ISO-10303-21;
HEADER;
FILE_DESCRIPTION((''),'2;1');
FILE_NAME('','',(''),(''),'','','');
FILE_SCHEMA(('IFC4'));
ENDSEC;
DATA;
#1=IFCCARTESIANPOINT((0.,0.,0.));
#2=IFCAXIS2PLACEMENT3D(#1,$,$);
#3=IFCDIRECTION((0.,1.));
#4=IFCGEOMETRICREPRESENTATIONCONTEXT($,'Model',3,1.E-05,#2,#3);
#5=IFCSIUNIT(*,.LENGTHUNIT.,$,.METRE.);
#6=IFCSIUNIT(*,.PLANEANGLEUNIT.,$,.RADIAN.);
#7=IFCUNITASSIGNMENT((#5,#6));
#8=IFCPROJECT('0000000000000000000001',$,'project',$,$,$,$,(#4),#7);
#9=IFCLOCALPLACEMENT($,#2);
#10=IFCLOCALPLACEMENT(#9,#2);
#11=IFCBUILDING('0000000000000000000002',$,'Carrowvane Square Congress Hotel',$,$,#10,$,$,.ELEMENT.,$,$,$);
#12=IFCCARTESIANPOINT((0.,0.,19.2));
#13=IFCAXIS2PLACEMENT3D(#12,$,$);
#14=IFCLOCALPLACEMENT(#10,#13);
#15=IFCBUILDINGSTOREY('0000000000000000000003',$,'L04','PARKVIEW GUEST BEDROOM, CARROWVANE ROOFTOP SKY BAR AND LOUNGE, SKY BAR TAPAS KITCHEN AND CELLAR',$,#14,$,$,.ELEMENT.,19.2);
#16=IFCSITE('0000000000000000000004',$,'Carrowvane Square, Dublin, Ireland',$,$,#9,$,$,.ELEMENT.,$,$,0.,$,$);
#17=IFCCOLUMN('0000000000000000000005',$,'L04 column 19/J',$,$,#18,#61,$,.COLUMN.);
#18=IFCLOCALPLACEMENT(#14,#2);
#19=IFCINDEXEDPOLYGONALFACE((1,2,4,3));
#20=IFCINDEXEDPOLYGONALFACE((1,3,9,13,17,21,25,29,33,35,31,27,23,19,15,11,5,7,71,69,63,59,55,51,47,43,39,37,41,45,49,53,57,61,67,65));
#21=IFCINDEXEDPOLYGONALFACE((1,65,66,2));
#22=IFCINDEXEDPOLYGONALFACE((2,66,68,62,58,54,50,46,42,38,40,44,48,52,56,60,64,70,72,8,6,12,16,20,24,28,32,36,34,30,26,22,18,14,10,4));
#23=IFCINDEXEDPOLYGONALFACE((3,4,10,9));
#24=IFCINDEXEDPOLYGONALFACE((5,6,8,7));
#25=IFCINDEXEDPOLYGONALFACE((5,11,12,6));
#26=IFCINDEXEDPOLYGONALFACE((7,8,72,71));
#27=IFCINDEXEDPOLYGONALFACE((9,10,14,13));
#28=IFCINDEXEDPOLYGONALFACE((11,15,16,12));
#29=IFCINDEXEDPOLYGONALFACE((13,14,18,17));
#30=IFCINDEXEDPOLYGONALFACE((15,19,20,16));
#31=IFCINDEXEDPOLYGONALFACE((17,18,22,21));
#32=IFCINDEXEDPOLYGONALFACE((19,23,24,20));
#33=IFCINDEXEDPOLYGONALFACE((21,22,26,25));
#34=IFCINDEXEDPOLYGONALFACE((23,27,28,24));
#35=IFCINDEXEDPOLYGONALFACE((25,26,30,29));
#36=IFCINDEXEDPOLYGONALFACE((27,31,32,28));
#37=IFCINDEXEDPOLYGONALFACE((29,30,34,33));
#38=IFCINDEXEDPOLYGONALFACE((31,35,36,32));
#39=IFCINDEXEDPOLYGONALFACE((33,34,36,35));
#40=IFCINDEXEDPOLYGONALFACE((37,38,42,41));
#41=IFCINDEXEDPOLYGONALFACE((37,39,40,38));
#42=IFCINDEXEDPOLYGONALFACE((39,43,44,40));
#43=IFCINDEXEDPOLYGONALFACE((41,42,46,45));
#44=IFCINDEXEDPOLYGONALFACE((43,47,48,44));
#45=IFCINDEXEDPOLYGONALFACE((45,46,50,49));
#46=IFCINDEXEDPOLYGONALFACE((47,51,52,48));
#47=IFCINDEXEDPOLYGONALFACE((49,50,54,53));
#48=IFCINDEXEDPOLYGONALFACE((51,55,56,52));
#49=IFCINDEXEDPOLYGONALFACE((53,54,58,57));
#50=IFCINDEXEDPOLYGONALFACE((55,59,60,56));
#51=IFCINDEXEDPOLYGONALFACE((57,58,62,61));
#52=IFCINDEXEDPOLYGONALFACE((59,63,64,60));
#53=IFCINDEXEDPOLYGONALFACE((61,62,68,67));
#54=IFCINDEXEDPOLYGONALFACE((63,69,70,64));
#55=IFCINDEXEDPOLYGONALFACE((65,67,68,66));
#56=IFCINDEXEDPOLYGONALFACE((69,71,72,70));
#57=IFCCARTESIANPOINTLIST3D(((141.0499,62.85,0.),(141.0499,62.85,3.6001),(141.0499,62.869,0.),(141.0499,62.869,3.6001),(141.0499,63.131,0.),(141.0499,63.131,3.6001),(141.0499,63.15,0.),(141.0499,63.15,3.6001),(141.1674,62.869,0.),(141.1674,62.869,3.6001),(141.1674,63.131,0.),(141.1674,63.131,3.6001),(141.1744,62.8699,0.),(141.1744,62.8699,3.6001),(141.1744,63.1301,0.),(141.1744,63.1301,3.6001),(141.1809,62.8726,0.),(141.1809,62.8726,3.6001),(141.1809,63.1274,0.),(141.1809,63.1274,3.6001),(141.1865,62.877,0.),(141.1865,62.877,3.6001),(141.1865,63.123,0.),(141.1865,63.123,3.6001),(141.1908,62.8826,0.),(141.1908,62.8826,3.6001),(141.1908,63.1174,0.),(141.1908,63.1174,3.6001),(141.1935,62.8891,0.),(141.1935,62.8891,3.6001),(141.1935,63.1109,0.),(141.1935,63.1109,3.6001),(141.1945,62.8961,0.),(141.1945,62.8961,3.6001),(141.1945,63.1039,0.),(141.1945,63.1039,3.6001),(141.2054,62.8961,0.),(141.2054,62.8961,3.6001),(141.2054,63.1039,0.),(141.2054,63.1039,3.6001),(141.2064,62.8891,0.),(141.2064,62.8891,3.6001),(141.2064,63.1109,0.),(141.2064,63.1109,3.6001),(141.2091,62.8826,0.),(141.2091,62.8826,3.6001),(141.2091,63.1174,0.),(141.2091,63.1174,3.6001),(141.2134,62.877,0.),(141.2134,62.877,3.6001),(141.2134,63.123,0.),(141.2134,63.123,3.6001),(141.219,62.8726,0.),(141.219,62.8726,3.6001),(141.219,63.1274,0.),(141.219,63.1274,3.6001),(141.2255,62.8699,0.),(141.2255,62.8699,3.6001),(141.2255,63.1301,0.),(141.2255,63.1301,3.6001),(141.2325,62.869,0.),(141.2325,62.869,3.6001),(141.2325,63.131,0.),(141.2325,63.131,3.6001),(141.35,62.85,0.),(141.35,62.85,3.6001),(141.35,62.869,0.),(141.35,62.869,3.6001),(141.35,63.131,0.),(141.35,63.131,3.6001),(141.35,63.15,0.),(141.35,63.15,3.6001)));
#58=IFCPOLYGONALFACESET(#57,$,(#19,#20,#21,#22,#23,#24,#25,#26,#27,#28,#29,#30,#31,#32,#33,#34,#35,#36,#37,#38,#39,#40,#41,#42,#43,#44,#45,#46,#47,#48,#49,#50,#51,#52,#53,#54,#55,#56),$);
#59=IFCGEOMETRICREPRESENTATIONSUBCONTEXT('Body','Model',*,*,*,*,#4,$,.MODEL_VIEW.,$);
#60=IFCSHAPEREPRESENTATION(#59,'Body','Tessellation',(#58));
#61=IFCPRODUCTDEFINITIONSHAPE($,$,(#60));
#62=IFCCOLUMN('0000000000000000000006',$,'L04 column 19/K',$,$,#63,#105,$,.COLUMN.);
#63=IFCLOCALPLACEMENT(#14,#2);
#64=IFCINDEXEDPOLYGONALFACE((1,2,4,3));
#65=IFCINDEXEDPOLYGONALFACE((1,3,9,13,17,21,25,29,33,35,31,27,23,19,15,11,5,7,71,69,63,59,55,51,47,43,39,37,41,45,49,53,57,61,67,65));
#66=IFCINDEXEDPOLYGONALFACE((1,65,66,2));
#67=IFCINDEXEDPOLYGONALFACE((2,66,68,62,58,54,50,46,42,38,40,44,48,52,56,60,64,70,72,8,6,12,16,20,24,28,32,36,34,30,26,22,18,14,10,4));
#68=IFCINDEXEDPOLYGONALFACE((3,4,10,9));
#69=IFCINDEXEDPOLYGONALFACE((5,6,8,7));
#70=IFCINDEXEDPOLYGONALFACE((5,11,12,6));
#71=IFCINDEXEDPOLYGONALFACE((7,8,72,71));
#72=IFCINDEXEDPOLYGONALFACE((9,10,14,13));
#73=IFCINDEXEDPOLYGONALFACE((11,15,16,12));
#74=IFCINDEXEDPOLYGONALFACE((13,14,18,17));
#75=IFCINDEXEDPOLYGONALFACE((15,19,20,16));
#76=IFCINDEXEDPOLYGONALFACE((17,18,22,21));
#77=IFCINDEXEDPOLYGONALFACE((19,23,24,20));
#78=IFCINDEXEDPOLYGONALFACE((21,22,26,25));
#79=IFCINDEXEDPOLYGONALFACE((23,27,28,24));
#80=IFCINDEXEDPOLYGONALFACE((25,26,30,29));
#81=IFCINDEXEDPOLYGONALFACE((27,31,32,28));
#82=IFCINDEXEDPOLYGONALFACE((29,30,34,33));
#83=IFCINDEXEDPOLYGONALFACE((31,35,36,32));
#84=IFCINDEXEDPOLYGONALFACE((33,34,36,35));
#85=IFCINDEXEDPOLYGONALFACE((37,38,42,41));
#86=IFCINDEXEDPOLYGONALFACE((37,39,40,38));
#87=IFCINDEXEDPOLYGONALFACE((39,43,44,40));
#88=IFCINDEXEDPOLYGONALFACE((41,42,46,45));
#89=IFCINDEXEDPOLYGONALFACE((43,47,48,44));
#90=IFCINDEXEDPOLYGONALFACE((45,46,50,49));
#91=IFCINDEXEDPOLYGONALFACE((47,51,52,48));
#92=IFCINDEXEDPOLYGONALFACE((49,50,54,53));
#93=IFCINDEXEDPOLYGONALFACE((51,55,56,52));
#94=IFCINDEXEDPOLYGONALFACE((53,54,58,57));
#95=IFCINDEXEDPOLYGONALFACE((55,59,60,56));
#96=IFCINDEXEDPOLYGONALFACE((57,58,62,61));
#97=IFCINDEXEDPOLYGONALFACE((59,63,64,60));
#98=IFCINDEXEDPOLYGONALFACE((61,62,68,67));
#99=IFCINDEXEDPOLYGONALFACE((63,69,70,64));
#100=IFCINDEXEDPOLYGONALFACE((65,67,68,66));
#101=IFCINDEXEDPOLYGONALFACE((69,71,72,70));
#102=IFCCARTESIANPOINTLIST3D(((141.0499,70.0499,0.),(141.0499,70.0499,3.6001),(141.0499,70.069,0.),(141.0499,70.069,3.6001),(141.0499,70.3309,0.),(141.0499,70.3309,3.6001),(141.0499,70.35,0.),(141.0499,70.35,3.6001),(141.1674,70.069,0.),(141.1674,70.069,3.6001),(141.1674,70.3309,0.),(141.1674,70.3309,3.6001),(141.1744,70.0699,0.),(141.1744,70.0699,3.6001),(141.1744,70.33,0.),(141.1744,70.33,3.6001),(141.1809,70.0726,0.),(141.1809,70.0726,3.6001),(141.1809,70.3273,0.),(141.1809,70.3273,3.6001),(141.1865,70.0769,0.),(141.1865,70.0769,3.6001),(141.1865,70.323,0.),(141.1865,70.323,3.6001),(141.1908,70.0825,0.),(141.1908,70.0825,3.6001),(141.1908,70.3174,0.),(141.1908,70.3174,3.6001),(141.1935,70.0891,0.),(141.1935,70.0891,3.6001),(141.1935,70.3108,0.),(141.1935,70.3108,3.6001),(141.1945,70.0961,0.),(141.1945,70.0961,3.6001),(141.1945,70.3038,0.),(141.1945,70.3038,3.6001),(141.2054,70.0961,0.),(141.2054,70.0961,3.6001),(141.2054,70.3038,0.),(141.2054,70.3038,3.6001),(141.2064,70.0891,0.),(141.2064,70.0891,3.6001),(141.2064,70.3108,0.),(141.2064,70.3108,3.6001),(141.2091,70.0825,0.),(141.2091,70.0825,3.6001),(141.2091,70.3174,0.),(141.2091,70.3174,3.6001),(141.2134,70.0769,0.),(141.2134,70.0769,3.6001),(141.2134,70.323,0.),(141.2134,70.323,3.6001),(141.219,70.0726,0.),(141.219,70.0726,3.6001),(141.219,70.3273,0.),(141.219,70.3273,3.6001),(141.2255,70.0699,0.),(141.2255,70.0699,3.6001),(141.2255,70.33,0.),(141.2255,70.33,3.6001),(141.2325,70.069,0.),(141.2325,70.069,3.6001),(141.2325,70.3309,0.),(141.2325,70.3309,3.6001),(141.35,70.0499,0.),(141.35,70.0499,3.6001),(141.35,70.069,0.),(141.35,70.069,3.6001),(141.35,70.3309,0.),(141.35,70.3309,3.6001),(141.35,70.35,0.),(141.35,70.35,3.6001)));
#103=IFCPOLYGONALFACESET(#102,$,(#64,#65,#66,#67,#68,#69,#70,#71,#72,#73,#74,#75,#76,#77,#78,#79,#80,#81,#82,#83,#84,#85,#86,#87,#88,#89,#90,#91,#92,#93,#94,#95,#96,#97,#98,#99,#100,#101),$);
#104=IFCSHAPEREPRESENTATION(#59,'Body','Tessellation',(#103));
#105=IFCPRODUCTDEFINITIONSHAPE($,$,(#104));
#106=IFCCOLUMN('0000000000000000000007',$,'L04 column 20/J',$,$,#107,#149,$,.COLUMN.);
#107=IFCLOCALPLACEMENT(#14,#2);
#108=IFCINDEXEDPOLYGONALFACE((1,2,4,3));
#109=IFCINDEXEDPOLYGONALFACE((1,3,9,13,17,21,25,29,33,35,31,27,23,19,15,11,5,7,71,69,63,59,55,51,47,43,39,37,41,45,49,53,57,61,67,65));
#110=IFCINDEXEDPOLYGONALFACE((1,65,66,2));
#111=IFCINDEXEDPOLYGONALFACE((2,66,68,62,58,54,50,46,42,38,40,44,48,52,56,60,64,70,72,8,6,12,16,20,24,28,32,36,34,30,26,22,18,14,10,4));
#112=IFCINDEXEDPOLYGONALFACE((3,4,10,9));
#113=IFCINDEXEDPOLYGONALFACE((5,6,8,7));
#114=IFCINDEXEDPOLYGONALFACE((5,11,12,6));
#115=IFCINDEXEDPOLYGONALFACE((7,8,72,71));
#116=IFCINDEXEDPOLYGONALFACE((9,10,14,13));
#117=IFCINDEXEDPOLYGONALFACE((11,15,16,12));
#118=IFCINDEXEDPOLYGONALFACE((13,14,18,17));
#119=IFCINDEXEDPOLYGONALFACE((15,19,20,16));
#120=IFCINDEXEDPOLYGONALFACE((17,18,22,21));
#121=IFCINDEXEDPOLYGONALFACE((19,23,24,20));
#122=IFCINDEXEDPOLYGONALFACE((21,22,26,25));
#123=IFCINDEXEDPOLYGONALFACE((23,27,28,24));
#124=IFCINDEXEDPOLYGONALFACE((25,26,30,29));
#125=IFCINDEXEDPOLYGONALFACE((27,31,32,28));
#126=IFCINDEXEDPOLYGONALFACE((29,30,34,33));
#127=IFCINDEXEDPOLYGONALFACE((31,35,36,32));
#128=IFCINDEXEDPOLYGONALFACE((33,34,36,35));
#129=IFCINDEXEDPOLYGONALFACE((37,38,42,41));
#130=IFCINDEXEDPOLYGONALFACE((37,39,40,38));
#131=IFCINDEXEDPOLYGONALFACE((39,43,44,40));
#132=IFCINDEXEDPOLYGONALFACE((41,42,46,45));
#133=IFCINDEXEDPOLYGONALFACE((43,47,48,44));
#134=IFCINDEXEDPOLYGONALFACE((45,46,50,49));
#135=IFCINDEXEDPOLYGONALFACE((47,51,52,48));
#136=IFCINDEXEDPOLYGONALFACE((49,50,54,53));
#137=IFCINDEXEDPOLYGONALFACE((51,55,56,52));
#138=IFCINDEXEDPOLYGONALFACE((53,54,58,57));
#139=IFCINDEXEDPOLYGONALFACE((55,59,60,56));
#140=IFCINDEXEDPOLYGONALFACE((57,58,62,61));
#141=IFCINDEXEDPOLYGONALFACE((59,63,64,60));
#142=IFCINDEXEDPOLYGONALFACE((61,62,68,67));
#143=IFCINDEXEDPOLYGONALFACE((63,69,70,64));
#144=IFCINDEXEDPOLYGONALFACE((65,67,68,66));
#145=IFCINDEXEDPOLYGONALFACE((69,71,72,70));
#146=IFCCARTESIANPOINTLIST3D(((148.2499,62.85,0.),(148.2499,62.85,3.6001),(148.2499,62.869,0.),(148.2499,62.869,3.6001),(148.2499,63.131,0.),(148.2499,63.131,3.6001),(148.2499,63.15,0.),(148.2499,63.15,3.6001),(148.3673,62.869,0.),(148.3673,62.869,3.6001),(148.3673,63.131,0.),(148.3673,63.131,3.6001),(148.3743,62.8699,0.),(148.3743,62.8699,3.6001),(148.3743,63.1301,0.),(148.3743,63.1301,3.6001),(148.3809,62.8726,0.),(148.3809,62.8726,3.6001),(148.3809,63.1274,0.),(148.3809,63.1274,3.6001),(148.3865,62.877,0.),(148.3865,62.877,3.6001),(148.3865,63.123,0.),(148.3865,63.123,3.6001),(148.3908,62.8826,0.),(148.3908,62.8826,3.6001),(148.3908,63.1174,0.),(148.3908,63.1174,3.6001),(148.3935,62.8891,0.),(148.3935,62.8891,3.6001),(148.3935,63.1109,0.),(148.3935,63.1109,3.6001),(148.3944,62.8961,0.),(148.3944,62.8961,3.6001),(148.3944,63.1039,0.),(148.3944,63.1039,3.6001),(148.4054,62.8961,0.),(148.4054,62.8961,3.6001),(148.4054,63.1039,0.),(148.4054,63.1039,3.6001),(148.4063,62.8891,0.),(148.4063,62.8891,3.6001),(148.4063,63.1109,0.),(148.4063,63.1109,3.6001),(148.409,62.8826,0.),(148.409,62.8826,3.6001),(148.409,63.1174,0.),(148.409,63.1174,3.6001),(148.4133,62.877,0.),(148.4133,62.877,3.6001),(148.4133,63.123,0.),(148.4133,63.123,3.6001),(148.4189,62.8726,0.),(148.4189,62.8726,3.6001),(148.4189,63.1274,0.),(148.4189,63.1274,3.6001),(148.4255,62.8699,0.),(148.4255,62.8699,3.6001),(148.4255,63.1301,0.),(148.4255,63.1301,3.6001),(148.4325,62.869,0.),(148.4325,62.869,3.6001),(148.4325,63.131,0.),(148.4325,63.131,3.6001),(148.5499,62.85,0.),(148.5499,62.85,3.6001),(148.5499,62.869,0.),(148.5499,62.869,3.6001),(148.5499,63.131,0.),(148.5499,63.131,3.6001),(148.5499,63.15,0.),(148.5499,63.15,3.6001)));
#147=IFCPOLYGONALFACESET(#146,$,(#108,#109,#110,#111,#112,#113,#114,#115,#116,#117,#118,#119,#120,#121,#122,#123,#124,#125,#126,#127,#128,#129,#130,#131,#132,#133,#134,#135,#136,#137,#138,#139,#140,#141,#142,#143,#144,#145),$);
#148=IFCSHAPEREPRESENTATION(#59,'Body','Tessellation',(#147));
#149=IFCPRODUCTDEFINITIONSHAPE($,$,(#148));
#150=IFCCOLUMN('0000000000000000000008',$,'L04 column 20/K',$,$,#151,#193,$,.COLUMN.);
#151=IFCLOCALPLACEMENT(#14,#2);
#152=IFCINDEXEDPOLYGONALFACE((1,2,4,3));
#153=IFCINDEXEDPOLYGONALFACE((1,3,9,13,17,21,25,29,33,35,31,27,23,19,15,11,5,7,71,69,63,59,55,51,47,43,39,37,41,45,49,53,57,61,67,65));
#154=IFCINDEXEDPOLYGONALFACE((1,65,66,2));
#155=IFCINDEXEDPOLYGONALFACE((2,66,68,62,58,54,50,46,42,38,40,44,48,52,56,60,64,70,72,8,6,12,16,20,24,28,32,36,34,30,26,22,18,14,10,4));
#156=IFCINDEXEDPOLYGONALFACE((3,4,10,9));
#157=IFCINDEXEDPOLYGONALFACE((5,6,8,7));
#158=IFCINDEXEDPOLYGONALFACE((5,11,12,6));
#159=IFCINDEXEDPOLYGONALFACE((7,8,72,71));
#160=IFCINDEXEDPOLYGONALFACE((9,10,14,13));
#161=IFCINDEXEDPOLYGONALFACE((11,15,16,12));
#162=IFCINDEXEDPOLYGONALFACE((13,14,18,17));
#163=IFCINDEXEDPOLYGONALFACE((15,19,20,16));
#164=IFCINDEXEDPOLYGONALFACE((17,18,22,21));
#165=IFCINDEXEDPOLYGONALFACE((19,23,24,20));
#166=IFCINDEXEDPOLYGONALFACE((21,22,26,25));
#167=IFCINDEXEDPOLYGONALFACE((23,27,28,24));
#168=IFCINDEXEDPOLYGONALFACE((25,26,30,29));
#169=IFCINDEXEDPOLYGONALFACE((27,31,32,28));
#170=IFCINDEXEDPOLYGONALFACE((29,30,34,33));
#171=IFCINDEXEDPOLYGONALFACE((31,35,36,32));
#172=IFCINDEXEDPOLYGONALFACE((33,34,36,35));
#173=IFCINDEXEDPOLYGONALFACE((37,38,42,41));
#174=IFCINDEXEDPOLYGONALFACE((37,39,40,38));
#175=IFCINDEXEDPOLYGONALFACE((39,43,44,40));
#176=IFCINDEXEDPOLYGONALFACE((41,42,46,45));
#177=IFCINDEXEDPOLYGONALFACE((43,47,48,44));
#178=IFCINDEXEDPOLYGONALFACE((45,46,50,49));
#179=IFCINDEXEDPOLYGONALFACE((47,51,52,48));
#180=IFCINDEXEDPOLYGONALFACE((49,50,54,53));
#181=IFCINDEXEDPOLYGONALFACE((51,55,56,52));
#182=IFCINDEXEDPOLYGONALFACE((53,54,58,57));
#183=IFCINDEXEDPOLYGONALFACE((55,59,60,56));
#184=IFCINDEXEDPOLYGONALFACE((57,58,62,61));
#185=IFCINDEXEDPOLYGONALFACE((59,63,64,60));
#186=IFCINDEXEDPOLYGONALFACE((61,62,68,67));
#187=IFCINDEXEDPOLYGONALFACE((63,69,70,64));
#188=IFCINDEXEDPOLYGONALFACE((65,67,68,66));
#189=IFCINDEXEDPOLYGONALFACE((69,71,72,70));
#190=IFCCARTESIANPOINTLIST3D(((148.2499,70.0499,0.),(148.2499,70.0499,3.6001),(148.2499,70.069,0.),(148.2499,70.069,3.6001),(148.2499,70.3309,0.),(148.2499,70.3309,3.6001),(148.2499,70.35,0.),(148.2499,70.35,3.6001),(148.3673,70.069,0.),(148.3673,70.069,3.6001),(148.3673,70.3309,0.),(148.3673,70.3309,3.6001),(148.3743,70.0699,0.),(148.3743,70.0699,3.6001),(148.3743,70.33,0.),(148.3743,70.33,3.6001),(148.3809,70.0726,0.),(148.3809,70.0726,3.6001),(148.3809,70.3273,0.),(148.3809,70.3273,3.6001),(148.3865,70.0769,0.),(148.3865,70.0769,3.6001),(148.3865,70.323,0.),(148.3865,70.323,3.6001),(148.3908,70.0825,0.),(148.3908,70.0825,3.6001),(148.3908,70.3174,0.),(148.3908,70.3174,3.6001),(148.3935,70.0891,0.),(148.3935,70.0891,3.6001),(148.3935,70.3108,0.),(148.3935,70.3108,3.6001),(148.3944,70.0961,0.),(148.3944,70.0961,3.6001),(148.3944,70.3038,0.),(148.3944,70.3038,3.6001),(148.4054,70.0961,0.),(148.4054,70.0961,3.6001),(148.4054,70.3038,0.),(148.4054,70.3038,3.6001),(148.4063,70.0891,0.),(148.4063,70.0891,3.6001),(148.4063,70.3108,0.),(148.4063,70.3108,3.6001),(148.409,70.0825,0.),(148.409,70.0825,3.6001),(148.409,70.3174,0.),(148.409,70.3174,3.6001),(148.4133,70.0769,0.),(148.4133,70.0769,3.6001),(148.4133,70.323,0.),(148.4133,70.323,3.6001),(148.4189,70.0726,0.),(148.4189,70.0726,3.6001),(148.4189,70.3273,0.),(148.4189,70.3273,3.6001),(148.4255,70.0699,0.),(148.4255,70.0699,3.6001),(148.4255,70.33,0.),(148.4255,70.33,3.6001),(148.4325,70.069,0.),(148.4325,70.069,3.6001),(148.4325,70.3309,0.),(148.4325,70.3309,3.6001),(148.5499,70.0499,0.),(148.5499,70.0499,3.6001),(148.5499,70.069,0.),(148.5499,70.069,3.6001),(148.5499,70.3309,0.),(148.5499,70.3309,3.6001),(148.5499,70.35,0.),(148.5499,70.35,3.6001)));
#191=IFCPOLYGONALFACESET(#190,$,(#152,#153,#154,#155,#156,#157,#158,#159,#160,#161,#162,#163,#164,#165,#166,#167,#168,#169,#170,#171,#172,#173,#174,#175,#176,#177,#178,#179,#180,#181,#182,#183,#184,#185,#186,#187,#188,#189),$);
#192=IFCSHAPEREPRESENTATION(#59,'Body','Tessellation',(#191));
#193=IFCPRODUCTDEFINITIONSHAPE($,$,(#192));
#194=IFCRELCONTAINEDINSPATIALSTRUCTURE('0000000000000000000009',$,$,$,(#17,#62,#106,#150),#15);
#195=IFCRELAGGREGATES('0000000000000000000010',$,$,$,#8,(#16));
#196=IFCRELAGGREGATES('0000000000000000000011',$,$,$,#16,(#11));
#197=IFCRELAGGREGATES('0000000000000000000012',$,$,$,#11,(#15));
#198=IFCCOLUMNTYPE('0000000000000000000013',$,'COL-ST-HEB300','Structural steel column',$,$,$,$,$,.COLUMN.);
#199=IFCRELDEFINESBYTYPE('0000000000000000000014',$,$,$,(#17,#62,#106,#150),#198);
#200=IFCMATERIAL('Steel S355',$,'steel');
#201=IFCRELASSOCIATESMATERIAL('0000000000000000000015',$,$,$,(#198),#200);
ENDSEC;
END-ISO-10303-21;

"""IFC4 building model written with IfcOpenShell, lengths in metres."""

from ifc_helpers import new_model, si_unit, direction, frame, origin, origin_2d, place, context, subcontext, project, spatial, i_section, extrude, material, material_profile, profile_set, type_object, element, save


model = new_model("IFC4")

# Units and contexts
model_context = context("Model", 3, precision=1e-05, world=origin(), true_north=direction((0.0, 1.0)))
body_context = subcontext(model_context, "Body", "Model", "MODEL_VIEW")
ifc_project = project(units=[si_unit("LENGTHUNIT", "METRE"), si_unit("PLANEANGLEUNIT", "RADIAN")], contexts=[model_context])

# Site, building, storey
site_placement = place(None, origin())
site = spatial("IfcSite", under=ifc_project, at=site_placement, Name="Carrowvane Square, Dublin, Ireland", CompositionType="ELEMENT", RefElevation=0.0)
building_placement = place(site_placement, origin())
building = spatial("IfcBuilding", under=site, at=building_placement, Name="Carrowvane Square Congress Hotel", CompositionType="ELEMENT")
storey_placement = place(building_placement, frame((0.0, 0.0, 19.2)))
storey = spatial("IfcBuildingStorey", under=building, at=storey_placement, Name="L04", Description="PARKVIEW GUEST BEDROOM, CARROWVANE ROOFTOP SKY BAR AND LOUNGE, SKY BAR TAPAS KITCHEN AND CELLAR", CompositionType="ELEMENT", Elevation=19.2)

# Columns
ifc_material_1 = material(Name="Steel S355", Category="steel")
ifc_material_profile_1 = material_profile(ifc_material_1, i_section(OverallWidth=0.3, OverallDepth=0.3, WebThickness=0.011, FlangeThickness=0.019, FilletRadius=0.0271, at=origin_2d()), Name="HEB 300")
ifc_profile_set_1 = profile_set([ifc_material_profile_1], Name="Steel S355")
column_type = type_object("IfcColumnType", Name="COL-ST-HEB300", Description="Structural steel column", PredefinedType="COLUMN", material=ifc_profile_set_1)
for number, where, z_axis, x_axis, name in (
    (1, (141.2, 63.0, 0.0), (0.0, 0.0, 1.0), (1.0, 0.0, 0.0), "L04 column 19/J"),
    (2, (141.2, 70.2, 0.0), (0.0, 0.0, 1.0), (1.0, 0.0, 0.0), "L04 column 19/K"),
    (3, (148.3999, 63.0, 0.0), (0.0, 0.0, 1.0), (1.0, 0.0, 0.0), "L04 column 20/J"),
    (4, (148.3999, 70.2, 0.0), (0.0, 0.0, 1.0), (1.0, 0.0, 0.0), "L04 column 20/K"),
):
    element("IfcColumn", number, at=place(storey_placement, frame(where, z_axis=z_axis, x_axis=x_axis)), inside=storey, type_object=column_type, Name=name, PredefinedType="COLUMN", context=body_context, shape_type="SweptSolid", body=[
        extrude(i_section(OverallWidth=0.3, OverallDepth=0.3, WebThickness=0.011, FlangeThickness=0.019, FilletRadius=0.0271, at=origin_2d()), origin(), (0.0, 0.0, 1.0), 3.6001),
    ])

save(model, "model.ifc")
